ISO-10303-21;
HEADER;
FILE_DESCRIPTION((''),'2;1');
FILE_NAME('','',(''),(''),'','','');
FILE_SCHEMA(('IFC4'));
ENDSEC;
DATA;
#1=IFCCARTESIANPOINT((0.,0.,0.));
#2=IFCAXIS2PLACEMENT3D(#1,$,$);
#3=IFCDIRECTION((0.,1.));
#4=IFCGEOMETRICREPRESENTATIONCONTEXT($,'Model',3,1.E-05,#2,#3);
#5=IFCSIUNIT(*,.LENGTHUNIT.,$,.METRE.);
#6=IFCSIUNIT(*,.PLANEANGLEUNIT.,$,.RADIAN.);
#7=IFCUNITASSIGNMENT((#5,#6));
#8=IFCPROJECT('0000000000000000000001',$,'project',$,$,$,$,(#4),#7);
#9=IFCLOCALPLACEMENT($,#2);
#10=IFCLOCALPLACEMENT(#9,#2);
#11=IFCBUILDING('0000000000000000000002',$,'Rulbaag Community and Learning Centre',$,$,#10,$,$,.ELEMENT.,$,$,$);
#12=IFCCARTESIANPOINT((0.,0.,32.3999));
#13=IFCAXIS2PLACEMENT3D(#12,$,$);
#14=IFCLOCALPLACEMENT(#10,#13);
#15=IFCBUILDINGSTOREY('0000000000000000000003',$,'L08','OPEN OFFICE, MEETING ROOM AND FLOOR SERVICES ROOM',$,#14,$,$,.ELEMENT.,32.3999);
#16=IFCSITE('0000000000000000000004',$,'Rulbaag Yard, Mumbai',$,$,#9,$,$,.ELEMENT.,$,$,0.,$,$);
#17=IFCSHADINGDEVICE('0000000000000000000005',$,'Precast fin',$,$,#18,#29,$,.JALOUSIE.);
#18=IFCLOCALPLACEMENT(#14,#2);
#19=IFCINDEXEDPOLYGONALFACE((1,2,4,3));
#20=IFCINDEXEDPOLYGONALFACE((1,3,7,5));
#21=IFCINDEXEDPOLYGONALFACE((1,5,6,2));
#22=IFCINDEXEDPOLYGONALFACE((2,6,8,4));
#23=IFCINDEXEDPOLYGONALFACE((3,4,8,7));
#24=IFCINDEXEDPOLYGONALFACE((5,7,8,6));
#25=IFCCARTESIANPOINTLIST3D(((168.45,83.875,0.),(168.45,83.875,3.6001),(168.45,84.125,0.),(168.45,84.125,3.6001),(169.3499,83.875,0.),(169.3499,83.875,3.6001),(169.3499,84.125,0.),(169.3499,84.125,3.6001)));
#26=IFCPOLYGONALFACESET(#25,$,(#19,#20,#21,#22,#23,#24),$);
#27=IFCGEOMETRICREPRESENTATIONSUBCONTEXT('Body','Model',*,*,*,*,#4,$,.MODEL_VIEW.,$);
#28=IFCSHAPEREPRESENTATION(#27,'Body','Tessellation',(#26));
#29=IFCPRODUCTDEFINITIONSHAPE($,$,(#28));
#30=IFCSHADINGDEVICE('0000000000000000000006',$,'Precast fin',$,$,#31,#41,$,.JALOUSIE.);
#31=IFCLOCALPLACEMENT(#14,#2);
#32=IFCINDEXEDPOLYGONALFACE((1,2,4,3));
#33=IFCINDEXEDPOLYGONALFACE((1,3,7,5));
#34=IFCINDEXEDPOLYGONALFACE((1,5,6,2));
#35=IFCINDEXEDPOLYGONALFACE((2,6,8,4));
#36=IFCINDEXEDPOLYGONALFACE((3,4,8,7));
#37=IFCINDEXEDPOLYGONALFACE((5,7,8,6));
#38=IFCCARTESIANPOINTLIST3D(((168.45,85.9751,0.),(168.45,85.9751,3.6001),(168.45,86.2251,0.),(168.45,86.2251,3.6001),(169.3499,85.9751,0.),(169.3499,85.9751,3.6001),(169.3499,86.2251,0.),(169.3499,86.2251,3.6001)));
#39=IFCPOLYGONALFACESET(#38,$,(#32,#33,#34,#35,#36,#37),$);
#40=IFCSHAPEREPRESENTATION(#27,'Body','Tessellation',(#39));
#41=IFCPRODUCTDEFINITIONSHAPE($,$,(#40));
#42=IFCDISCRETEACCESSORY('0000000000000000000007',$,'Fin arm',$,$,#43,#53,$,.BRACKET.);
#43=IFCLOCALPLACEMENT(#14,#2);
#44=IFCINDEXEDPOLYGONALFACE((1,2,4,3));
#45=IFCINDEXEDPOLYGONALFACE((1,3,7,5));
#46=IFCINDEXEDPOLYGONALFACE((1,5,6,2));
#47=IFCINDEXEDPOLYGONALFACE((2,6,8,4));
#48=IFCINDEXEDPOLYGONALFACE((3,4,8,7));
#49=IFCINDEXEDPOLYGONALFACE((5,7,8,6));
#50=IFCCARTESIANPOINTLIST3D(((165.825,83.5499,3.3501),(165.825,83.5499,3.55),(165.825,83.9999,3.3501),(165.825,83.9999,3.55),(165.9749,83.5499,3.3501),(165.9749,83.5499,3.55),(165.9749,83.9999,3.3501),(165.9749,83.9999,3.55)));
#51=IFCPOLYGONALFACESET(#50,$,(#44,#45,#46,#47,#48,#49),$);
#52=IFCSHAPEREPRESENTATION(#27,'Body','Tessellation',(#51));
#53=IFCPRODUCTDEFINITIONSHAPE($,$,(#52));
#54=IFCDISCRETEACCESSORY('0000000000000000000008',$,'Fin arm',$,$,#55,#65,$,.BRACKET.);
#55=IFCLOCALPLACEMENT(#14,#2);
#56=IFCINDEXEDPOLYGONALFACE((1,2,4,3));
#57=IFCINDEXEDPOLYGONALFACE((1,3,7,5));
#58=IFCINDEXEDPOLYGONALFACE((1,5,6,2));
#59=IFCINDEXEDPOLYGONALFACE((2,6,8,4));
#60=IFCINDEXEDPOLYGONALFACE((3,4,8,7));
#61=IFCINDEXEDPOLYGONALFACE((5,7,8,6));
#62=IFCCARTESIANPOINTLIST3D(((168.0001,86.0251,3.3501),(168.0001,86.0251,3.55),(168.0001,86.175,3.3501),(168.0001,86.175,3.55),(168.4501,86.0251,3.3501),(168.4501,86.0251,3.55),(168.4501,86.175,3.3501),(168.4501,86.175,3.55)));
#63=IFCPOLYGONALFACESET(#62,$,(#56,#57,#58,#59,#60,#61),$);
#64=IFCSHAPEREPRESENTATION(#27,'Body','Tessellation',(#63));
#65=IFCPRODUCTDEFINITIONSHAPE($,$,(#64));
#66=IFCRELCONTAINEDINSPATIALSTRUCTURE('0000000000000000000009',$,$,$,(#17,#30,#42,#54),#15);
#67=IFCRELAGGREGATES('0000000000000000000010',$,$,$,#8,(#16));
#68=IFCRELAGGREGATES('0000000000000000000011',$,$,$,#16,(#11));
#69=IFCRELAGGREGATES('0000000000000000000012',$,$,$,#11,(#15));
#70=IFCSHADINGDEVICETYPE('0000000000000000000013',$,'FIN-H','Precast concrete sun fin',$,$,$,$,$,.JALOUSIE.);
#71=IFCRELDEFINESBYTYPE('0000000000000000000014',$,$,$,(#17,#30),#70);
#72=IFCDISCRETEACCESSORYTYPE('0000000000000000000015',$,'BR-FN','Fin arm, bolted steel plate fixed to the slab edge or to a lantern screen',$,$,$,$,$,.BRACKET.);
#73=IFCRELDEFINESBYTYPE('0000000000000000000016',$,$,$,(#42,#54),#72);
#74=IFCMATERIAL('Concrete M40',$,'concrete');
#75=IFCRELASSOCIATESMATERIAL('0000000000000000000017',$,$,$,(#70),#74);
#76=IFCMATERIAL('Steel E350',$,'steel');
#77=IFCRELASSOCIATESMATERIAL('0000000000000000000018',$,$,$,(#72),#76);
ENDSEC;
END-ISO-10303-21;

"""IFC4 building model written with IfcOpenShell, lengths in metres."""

from ifc_helpers import new_model, si_unit, direction, frame, origin, origin_2d, place, context, subcontext, project, spatial, rectangle, extrude, material, material_profile, profile_set, type_object, element, save


model = new_model("IFC4")

# Units and contexts
model_context = context("Model", 3, precision=1e-05, world=origin(), true_north=direction((0.0, 1.0)))
body_context = subcontext(model_context, "Body", "Model", "MODEL_VIEW")
ifc_project = project(units=[si_unit("LENGTHUNIT", "METRE"), si_unit("PLANEANGLEUNIT", "RADIAN")], contexts=[model_context])

# Site, building, storey
site_placement = place(None, origin())
site = spatial("IfcSite", under=ifc_project, at=site_placement, Name="Rulbaag Yard, Mumbai", CompositionType="ELEMENT", RefElevation=0.0)
building_placement = place(site_placement, origin())
building = spatial("IfcBuilding", under=site, at=building_placement, Name="Rulbaag Community and Learning Centre", CompositionType="ELEMENT")
storey_placement = place(building_placement, frame((0.0, 0.0, 32.3999)))
storey = spatial("IfcBuildingStorey", under=building, at=storey_placement, Name="L08", Description="OPEN OFFICE, MEETING ROOM AND FLOOR SERVICES ROOM", CompositionType="ELEMENT", Elevation=32.3999)

# Shared definitions
ifc_material_1 = material(Name="Concrete M40", Category="concrete")

# Shading devices
ifc_material_profile_1 = material_profile(ifc_material_1, rectangle(XDim=0.25, YDim=0.8999, at=origin_2d()), Name="PC 250x900")
ifc_profile_set_1 = profile_set([ifc_material_profile_1], Name="Concrete M40")
shading_device_type = type_object("IfcShadingDeviceType", Name="FIN-H", Description="Precast concrete sun fin", PredefinedType="JALOUSIE", material=ifc_profile_set_1)
for number, where, z_axis, x_axis, name in (
    (1, (168.8999, 84.0, 0.0), (0.0, 0.0, 1.0), (0.0, 1.0, 0.0), "Precast fin"),
    (2, (168.8999, 86.1001, 0.0), (0.0, 0.0, 1.0), (0.0, 1.0, 0.0), "Precast fin"),
):
    element("IfcShadingDevice", number, at=place(storey_placement, frame(where, z_axis=z_axis, x_axis=x_axis)), inside=storey, type_object=shading_device_type, Name=name, PredefinedType="JALOUSIE", context=body_context, shape_type="SweptSolid", body=[
        extrude(rectangle(XDim=0.25, YDim=0.8999, at=origin_2d()), origin(), (0.0, 0.0, 1.0), 3.6001),
    ])

# Discrete accessories
ifc_material_2 = material(Name="Steel E350", Category="steel")
discrete_accessory_type = type_object("IfcDiscreteAccessoryType", Name="BR-FN", Description="Fin arm, bolted steel plate fixed to the slab edge or to a lantern screen", PredefinedType="BRACKET", material=ifc_material_2)
discrete_accessory_1_placement = place(storey_placement, frame((165.8999, 83.7749, 3.3501), z_axis=(0.0, 0.0, 1.0), x_axis=(1.0, 0.0, 0.0)))
element("IfcDiscreteAccessory", 3, at=discrete_accessory_1_placement, inside=storey, type_object=discrete_accessory_type, Name="Fin arm", PredefinedType="BRACKET", context=body_context, shape_type="SweptSolid", body=[
    extrude(rectangle(XDim=0.1499, YDim=0.45, at=origin_2d()), origin(), (0.0, 0.0, 1.0), 0.2),
])
discrete_accessory_2_placement = place(storey_placement, frame((168.2251, 86.1001, 3.3501), z_axis=(0.0, 0.0, 1.0), x_axis=(1.0, 0.0, 0.0)))
element("IfcDiscreteAccessory", 4, at=discrete_accessory_2_placement, inside=storey, type_object=discrete_accessory_type, Name="Fin arm", PredefinedType="BRACKET", context=body_context, shape_type="SweptSolid", body=[
    extrude(rectangle(XDim=0.45, YDim=0.1499, at=origin_2d()), origin(), (0.0, 0.0, 1.0), 0.2),
])

save(model, "model.ifc")
